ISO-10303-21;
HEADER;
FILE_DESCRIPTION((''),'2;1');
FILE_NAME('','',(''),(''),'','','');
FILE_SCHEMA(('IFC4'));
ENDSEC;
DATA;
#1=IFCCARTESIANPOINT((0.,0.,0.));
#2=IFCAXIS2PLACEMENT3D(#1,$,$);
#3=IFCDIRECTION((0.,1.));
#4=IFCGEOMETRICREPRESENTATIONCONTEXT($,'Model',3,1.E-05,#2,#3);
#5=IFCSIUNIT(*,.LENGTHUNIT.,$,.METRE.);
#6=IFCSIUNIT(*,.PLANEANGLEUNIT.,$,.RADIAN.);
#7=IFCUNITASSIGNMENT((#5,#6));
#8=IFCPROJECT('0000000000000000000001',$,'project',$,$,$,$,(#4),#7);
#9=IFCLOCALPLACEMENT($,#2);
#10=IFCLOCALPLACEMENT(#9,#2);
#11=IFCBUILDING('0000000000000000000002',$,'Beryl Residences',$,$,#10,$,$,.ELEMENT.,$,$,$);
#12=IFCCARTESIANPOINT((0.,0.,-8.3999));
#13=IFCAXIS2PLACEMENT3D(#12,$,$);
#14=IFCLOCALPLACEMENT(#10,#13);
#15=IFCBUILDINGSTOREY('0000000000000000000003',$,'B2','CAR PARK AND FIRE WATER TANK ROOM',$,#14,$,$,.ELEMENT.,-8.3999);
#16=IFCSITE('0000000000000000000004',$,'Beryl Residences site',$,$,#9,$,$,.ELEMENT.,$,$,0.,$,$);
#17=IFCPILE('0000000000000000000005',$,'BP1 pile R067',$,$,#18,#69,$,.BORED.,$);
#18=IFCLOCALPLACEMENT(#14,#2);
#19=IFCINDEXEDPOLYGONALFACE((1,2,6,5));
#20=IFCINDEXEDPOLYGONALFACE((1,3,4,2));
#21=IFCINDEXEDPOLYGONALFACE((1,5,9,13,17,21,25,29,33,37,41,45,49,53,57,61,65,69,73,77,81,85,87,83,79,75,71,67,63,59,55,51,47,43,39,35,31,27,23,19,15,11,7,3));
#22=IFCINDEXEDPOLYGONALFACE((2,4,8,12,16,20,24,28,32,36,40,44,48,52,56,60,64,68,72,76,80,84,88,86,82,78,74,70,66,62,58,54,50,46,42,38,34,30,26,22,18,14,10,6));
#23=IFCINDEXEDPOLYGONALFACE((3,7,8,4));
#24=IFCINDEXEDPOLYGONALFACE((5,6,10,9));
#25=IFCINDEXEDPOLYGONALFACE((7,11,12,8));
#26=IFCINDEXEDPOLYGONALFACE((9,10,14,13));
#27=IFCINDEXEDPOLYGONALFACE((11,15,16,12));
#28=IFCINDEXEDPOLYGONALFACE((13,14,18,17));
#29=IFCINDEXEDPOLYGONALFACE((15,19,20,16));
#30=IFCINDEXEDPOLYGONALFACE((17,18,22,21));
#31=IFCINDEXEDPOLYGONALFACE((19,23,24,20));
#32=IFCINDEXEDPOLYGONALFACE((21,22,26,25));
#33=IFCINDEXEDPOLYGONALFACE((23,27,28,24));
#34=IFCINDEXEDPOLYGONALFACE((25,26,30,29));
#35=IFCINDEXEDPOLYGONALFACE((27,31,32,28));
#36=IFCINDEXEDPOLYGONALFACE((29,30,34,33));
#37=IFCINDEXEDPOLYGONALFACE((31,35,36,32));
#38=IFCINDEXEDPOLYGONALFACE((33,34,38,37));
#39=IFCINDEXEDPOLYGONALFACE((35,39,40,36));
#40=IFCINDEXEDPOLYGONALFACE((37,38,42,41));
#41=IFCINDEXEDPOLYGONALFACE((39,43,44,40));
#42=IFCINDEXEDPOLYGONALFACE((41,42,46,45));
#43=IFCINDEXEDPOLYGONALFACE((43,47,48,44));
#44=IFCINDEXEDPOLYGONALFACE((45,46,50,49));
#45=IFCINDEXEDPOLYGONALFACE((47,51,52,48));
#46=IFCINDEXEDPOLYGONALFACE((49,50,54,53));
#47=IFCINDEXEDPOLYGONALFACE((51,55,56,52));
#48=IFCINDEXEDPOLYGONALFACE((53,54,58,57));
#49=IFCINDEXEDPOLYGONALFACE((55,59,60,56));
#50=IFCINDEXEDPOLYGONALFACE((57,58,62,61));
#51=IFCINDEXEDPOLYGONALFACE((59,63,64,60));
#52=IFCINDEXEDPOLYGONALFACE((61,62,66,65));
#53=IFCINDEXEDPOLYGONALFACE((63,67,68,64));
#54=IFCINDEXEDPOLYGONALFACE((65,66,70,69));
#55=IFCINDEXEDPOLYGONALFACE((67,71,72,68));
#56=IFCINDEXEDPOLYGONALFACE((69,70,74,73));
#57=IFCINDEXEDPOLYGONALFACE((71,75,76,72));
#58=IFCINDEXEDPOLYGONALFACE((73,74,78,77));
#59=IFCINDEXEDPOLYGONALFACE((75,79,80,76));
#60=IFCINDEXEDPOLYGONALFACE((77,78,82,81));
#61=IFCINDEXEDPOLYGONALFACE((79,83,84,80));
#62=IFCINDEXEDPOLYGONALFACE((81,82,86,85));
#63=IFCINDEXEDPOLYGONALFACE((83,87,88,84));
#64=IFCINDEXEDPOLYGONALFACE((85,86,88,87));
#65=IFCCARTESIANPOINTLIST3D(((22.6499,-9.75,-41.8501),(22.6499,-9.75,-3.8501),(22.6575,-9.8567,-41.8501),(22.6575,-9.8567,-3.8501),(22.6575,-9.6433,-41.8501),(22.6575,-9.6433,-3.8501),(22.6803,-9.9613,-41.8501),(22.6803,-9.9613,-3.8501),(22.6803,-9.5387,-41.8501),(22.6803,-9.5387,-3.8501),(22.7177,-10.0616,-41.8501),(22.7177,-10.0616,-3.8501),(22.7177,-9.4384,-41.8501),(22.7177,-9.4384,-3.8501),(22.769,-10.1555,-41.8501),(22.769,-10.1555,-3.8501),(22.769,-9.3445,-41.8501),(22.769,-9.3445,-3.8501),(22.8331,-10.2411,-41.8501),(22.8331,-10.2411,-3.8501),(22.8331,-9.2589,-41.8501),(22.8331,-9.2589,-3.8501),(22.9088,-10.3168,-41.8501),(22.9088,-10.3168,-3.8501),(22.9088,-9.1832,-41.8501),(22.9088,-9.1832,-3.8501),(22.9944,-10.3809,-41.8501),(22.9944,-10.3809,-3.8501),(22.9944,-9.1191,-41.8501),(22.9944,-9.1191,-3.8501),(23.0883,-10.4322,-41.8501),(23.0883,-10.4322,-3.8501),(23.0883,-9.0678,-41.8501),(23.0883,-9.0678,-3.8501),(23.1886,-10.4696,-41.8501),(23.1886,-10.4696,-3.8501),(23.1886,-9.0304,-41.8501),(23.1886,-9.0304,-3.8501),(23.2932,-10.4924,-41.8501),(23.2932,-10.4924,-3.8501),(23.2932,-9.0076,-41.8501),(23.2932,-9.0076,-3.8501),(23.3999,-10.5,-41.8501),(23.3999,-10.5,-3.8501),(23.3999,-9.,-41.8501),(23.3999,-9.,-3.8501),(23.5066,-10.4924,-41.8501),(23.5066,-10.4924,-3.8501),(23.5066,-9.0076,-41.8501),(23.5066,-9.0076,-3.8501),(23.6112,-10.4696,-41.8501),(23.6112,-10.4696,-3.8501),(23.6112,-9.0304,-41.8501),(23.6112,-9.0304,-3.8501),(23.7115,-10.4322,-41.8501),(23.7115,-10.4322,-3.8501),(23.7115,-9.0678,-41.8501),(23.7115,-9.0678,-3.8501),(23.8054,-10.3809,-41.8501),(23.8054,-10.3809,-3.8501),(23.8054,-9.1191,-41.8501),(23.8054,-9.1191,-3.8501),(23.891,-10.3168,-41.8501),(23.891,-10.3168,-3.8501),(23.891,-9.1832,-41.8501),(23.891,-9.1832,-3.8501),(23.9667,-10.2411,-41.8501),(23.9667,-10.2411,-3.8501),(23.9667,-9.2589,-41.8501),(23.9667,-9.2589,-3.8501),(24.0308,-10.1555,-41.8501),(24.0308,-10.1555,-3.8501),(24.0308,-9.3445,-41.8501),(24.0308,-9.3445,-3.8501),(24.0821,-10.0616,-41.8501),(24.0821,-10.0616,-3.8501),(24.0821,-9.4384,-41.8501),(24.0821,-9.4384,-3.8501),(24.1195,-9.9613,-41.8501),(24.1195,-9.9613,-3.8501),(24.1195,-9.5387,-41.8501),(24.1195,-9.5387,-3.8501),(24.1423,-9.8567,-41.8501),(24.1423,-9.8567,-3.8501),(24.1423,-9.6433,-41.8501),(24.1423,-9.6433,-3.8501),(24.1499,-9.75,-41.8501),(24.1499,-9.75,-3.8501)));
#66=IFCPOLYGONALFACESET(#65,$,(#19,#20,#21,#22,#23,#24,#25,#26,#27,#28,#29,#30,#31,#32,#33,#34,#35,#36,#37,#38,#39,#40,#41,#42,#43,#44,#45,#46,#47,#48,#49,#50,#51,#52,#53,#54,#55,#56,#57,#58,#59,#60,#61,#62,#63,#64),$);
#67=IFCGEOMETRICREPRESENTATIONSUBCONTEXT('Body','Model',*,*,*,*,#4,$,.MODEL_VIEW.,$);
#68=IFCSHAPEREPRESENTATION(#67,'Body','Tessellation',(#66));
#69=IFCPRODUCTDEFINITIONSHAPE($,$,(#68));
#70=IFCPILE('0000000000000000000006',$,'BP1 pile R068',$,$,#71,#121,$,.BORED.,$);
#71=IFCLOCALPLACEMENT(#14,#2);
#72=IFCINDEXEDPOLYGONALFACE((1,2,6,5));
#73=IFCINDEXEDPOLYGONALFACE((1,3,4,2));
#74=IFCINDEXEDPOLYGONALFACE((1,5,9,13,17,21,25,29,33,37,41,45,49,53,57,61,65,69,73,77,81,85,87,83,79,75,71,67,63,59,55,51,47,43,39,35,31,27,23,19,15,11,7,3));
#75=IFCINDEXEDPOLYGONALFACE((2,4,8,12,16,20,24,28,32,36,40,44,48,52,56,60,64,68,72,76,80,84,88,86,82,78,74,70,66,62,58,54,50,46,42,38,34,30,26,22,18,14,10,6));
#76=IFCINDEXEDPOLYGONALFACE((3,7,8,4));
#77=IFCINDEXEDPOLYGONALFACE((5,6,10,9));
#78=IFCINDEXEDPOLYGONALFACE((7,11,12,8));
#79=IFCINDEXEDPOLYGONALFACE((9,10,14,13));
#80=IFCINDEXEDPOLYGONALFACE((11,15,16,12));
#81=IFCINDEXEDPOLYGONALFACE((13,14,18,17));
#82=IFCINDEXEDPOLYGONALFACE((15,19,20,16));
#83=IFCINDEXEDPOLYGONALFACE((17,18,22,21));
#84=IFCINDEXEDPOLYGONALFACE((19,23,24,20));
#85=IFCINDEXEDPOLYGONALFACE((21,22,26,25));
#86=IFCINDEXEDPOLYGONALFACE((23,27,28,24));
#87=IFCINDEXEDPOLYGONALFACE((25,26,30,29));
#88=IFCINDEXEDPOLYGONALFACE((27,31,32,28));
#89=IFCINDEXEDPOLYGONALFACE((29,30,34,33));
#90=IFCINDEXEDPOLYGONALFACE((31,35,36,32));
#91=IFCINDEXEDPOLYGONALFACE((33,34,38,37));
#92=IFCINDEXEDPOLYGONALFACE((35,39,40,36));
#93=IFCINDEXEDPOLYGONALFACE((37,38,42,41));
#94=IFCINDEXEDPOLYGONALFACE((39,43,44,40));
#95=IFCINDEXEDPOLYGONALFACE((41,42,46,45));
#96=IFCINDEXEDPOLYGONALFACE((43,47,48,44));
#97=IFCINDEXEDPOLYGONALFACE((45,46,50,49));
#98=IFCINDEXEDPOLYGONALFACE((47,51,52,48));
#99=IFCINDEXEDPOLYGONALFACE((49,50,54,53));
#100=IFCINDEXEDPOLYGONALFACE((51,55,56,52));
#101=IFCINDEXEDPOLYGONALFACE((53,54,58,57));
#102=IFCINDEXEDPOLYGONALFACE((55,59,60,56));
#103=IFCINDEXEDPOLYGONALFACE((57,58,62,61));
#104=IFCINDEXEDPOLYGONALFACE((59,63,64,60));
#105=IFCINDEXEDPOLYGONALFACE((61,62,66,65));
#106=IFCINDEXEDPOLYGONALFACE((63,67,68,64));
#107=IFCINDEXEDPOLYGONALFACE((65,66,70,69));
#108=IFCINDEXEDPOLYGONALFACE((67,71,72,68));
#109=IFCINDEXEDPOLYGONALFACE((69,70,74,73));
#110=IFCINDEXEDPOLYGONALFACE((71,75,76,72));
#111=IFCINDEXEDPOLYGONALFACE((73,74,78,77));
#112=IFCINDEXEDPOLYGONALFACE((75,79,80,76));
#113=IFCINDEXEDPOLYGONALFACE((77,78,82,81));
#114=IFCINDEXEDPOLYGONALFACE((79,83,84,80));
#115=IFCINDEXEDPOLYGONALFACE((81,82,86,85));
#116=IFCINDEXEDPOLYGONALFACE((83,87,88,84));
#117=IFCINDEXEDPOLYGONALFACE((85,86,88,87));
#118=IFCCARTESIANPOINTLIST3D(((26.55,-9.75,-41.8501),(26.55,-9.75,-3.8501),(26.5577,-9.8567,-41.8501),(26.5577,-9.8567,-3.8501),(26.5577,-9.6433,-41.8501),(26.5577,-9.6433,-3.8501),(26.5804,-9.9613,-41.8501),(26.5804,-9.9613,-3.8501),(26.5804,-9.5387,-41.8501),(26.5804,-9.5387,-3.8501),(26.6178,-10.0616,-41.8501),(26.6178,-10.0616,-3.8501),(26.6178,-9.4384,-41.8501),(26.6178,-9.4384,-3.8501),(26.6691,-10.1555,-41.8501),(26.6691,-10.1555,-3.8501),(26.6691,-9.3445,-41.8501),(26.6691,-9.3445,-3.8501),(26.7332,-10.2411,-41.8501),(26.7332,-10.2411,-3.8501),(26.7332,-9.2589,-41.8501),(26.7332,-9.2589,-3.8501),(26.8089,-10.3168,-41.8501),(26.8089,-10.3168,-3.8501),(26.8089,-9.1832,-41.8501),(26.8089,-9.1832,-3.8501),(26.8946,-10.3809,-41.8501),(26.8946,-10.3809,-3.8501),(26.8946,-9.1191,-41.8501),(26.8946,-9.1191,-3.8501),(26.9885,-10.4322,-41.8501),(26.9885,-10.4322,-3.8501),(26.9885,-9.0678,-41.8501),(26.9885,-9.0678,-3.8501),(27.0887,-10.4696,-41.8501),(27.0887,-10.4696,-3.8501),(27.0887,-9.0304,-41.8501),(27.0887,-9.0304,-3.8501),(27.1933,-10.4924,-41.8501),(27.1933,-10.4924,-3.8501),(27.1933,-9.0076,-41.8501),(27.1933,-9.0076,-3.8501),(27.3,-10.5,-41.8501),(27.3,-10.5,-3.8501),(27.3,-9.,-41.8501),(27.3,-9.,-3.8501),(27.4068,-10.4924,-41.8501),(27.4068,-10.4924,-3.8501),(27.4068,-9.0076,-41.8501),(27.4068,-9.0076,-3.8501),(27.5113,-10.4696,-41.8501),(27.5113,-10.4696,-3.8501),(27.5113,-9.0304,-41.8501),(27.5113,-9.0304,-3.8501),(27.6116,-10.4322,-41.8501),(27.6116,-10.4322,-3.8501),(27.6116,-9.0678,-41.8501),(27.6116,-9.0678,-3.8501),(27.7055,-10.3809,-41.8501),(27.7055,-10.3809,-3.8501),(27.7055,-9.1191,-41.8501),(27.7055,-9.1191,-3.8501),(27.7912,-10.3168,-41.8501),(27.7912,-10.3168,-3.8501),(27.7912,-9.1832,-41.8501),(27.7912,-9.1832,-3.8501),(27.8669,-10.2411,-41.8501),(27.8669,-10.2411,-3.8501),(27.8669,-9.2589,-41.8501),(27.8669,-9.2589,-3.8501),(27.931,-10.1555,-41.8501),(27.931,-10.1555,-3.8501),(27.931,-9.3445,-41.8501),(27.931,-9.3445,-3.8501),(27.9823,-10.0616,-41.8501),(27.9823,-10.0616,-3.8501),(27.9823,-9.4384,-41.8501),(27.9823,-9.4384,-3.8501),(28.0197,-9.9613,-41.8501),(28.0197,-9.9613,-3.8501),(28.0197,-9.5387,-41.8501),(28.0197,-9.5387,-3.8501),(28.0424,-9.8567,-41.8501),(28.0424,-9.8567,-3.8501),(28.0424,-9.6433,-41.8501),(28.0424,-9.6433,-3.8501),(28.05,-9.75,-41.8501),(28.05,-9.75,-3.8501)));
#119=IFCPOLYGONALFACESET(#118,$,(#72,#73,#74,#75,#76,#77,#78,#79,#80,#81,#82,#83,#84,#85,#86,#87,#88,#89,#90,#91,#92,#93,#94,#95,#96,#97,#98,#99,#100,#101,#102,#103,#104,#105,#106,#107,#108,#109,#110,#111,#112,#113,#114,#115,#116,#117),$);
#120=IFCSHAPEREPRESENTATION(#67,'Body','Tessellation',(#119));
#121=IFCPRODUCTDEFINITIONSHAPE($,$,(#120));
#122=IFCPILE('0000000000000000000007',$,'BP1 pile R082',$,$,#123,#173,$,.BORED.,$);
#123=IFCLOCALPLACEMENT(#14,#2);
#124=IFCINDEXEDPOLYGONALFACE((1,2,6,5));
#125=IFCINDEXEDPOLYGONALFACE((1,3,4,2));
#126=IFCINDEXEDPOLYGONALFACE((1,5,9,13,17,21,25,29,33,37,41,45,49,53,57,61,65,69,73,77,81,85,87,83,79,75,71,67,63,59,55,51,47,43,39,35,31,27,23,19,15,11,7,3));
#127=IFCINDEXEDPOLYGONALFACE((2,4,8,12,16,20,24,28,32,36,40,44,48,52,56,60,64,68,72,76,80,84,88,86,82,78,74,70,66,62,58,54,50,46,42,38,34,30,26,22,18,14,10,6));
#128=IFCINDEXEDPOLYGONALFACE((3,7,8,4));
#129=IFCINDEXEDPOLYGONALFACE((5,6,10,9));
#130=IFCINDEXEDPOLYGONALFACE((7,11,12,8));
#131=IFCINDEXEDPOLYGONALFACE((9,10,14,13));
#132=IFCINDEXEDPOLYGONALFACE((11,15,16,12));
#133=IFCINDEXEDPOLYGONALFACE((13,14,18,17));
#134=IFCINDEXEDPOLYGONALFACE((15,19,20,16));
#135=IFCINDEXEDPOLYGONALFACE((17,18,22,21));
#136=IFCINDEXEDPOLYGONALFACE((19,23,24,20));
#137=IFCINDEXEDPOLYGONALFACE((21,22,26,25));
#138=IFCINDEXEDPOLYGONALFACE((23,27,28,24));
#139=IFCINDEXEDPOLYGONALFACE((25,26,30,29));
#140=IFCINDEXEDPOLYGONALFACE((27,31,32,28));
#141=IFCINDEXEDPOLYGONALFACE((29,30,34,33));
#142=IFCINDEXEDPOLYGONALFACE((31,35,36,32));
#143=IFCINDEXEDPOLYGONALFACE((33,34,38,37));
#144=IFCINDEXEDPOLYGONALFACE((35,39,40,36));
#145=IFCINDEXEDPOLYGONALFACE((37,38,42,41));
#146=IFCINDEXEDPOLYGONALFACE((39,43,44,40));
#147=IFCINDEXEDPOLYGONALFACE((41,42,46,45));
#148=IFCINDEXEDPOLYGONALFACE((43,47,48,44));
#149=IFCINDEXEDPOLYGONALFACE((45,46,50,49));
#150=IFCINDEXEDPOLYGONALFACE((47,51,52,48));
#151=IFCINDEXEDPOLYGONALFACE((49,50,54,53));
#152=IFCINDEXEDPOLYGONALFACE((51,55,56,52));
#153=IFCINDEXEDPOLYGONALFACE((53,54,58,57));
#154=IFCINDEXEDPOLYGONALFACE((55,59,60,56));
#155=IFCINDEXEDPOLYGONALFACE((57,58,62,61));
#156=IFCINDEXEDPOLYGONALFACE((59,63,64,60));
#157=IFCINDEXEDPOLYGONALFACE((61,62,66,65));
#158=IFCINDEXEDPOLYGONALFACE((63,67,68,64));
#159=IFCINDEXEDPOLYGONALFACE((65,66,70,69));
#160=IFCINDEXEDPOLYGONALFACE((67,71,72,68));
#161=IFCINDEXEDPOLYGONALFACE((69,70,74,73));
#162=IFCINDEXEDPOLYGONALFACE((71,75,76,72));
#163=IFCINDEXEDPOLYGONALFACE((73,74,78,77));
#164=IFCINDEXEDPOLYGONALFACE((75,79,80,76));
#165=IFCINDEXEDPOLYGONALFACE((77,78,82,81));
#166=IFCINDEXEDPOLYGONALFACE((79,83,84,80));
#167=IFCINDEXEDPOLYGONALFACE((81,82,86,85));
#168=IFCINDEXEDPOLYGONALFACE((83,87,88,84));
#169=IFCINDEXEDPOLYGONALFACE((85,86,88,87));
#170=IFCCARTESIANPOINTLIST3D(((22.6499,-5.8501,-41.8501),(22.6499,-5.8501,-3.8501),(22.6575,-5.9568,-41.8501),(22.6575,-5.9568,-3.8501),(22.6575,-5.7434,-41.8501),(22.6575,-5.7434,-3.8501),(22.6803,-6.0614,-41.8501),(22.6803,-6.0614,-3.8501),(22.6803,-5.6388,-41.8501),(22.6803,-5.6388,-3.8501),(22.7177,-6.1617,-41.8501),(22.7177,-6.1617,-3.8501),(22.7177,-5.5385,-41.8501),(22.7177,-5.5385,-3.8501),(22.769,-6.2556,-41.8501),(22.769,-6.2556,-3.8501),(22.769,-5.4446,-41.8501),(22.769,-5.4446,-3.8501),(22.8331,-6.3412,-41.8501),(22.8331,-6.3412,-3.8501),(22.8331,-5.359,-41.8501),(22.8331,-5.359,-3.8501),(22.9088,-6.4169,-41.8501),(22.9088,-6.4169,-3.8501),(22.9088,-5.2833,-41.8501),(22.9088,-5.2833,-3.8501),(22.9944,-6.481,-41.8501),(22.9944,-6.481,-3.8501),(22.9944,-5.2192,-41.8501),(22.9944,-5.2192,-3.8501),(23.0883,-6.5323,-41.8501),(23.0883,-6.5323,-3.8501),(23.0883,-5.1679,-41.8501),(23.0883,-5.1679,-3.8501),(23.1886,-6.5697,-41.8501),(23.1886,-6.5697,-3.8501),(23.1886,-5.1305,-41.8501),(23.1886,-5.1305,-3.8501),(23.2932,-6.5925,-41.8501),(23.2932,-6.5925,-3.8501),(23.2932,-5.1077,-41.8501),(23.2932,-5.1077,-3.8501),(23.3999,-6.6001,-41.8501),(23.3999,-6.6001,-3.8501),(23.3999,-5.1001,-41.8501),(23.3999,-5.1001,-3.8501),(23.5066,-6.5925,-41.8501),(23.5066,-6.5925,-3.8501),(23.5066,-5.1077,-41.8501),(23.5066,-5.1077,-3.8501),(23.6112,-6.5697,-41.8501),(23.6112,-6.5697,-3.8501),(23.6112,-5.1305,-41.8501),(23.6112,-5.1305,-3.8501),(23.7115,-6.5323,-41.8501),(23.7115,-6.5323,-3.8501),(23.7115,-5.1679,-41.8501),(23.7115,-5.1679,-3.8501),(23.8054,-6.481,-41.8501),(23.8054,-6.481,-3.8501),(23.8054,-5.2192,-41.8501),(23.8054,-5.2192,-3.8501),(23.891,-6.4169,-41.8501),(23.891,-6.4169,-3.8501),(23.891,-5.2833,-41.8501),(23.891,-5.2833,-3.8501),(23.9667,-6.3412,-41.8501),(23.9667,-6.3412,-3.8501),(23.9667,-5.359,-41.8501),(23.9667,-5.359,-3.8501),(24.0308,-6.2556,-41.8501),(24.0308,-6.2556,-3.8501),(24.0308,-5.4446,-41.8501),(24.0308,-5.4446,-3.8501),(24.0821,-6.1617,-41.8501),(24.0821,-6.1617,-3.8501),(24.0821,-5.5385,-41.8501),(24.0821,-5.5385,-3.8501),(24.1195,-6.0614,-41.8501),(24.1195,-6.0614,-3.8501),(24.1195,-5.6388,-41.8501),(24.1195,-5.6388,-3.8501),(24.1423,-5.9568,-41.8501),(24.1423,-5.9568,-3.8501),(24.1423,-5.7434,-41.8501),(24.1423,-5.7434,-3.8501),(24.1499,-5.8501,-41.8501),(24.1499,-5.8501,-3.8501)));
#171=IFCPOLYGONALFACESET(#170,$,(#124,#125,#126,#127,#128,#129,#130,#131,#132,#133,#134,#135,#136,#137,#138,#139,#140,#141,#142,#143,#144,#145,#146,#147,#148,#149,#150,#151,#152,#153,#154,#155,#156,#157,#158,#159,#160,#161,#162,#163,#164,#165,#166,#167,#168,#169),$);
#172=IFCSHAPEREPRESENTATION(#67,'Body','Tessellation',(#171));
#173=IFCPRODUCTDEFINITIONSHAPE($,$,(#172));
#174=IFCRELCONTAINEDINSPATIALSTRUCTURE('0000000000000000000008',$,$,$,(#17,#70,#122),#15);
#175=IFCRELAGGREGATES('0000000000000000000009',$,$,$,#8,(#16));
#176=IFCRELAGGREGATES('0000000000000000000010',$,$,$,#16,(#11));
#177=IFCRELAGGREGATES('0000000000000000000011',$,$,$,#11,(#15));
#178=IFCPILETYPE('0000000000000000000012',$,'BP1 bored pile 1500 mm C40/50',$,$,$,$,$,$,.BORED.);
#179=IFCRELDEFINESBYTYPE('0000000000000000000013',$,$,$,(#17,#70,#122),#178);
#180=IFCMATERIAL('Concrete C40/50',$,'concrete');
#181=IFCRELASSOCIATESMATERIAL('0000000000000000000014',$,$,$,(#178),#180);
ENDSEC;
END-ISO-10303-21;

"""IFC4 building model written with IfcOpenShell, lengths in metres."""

from ifc_helpers import new_model, si_unit, direction, frame, origin, origin_2d, place, context, subcontext, project, spatial, circle, extrude, material, material_profile, profile_set, type_object, element, save


model = new_model("IFC4")

# Units and contexts
model_context = context("Model", 3, precision=1e-05, world=origin(), true_north=direction((0.0, 1.0)))
body_context = subcontext(model_context, "Body", "Model", "MODEL_VIEW")
ifc_project = project(units=[si_unit("LENGTHUNIT", "METRE"), si_unit("PLANEANGLEUNIT", "RADIAN")], contexts=[model_context])

# Site, building, storey
site_placement = place(None, origin())
site = spatial("IfcSite", under=ifc_project, at=site_placement, Name="Beryl Residences site", CompositionType="ELEMENT", RefElevation=0.0)
building_placement = place(site_placement, origin())
building = spatial("IfcBuilding", under=site, at=building_placement, Name="Beryl Residences", CompositionType="ELEMENT")
storey_placement = place(building_placement, frame((0.0, 0.0, -8.3999)))
storey = spatial("IfcBuildingStorey", under=building, at=storey_placement, Name="B2", Description="CAR PARK AND FIRE WATER TANK ROOM", CompositionType="ELEMENT", Elevation=-8.3999)

# Piles
ifc_material_1 = material(Name="Concrete C40/50", Category="concrete")
ifc_material_profile_1 = material_profile(ifc_material_1, circle(Radius=0.75, at=origin_2d()))
ifc_profile_set_1 = profile_set([ifc_material_profile_1], Name="Concrete C40/50")
pile_type_1 = type_object("IfcPileType", Name="BP1 bored pile 1500 mm C40/50", PredefinedType="BORED", material=ifc_profile_set_1)
for number, where, z_axis, x_axis, name in (
    (1, (23.3999, -9.75, -3.8501), (0.0, 0.0, -1.0), (1.0, 0.0, 0.0), "BP1 pile R067"),
    (2, (27.3, -9.75, -3.8501), (0.0, 0.0, -1.0), (1.0, 0.0, 0.0), "BP1 pile R068"),
    (3, (23.3999, -5.8501, -3.8501), (0.0, 0.0, -1.0), (1.0, 0.0, 0.0), "BP1 pile R082"),
):
    element("IfcPile", number, at=place(storey_placement, frame(where, z_axis=z_axis, x_axis=x_axis)), inside=storey, type_object=pile_type_1, Name=name, PredefinedType="BORED", context=body_context, shape_type="SweptSolid", body=[
        extrude(circle(Radius=0.75, at=origin_2d()), origin(), (0.0, 0.0, 1.0), 38.0),
    ])

save(model, "model.ifc")
